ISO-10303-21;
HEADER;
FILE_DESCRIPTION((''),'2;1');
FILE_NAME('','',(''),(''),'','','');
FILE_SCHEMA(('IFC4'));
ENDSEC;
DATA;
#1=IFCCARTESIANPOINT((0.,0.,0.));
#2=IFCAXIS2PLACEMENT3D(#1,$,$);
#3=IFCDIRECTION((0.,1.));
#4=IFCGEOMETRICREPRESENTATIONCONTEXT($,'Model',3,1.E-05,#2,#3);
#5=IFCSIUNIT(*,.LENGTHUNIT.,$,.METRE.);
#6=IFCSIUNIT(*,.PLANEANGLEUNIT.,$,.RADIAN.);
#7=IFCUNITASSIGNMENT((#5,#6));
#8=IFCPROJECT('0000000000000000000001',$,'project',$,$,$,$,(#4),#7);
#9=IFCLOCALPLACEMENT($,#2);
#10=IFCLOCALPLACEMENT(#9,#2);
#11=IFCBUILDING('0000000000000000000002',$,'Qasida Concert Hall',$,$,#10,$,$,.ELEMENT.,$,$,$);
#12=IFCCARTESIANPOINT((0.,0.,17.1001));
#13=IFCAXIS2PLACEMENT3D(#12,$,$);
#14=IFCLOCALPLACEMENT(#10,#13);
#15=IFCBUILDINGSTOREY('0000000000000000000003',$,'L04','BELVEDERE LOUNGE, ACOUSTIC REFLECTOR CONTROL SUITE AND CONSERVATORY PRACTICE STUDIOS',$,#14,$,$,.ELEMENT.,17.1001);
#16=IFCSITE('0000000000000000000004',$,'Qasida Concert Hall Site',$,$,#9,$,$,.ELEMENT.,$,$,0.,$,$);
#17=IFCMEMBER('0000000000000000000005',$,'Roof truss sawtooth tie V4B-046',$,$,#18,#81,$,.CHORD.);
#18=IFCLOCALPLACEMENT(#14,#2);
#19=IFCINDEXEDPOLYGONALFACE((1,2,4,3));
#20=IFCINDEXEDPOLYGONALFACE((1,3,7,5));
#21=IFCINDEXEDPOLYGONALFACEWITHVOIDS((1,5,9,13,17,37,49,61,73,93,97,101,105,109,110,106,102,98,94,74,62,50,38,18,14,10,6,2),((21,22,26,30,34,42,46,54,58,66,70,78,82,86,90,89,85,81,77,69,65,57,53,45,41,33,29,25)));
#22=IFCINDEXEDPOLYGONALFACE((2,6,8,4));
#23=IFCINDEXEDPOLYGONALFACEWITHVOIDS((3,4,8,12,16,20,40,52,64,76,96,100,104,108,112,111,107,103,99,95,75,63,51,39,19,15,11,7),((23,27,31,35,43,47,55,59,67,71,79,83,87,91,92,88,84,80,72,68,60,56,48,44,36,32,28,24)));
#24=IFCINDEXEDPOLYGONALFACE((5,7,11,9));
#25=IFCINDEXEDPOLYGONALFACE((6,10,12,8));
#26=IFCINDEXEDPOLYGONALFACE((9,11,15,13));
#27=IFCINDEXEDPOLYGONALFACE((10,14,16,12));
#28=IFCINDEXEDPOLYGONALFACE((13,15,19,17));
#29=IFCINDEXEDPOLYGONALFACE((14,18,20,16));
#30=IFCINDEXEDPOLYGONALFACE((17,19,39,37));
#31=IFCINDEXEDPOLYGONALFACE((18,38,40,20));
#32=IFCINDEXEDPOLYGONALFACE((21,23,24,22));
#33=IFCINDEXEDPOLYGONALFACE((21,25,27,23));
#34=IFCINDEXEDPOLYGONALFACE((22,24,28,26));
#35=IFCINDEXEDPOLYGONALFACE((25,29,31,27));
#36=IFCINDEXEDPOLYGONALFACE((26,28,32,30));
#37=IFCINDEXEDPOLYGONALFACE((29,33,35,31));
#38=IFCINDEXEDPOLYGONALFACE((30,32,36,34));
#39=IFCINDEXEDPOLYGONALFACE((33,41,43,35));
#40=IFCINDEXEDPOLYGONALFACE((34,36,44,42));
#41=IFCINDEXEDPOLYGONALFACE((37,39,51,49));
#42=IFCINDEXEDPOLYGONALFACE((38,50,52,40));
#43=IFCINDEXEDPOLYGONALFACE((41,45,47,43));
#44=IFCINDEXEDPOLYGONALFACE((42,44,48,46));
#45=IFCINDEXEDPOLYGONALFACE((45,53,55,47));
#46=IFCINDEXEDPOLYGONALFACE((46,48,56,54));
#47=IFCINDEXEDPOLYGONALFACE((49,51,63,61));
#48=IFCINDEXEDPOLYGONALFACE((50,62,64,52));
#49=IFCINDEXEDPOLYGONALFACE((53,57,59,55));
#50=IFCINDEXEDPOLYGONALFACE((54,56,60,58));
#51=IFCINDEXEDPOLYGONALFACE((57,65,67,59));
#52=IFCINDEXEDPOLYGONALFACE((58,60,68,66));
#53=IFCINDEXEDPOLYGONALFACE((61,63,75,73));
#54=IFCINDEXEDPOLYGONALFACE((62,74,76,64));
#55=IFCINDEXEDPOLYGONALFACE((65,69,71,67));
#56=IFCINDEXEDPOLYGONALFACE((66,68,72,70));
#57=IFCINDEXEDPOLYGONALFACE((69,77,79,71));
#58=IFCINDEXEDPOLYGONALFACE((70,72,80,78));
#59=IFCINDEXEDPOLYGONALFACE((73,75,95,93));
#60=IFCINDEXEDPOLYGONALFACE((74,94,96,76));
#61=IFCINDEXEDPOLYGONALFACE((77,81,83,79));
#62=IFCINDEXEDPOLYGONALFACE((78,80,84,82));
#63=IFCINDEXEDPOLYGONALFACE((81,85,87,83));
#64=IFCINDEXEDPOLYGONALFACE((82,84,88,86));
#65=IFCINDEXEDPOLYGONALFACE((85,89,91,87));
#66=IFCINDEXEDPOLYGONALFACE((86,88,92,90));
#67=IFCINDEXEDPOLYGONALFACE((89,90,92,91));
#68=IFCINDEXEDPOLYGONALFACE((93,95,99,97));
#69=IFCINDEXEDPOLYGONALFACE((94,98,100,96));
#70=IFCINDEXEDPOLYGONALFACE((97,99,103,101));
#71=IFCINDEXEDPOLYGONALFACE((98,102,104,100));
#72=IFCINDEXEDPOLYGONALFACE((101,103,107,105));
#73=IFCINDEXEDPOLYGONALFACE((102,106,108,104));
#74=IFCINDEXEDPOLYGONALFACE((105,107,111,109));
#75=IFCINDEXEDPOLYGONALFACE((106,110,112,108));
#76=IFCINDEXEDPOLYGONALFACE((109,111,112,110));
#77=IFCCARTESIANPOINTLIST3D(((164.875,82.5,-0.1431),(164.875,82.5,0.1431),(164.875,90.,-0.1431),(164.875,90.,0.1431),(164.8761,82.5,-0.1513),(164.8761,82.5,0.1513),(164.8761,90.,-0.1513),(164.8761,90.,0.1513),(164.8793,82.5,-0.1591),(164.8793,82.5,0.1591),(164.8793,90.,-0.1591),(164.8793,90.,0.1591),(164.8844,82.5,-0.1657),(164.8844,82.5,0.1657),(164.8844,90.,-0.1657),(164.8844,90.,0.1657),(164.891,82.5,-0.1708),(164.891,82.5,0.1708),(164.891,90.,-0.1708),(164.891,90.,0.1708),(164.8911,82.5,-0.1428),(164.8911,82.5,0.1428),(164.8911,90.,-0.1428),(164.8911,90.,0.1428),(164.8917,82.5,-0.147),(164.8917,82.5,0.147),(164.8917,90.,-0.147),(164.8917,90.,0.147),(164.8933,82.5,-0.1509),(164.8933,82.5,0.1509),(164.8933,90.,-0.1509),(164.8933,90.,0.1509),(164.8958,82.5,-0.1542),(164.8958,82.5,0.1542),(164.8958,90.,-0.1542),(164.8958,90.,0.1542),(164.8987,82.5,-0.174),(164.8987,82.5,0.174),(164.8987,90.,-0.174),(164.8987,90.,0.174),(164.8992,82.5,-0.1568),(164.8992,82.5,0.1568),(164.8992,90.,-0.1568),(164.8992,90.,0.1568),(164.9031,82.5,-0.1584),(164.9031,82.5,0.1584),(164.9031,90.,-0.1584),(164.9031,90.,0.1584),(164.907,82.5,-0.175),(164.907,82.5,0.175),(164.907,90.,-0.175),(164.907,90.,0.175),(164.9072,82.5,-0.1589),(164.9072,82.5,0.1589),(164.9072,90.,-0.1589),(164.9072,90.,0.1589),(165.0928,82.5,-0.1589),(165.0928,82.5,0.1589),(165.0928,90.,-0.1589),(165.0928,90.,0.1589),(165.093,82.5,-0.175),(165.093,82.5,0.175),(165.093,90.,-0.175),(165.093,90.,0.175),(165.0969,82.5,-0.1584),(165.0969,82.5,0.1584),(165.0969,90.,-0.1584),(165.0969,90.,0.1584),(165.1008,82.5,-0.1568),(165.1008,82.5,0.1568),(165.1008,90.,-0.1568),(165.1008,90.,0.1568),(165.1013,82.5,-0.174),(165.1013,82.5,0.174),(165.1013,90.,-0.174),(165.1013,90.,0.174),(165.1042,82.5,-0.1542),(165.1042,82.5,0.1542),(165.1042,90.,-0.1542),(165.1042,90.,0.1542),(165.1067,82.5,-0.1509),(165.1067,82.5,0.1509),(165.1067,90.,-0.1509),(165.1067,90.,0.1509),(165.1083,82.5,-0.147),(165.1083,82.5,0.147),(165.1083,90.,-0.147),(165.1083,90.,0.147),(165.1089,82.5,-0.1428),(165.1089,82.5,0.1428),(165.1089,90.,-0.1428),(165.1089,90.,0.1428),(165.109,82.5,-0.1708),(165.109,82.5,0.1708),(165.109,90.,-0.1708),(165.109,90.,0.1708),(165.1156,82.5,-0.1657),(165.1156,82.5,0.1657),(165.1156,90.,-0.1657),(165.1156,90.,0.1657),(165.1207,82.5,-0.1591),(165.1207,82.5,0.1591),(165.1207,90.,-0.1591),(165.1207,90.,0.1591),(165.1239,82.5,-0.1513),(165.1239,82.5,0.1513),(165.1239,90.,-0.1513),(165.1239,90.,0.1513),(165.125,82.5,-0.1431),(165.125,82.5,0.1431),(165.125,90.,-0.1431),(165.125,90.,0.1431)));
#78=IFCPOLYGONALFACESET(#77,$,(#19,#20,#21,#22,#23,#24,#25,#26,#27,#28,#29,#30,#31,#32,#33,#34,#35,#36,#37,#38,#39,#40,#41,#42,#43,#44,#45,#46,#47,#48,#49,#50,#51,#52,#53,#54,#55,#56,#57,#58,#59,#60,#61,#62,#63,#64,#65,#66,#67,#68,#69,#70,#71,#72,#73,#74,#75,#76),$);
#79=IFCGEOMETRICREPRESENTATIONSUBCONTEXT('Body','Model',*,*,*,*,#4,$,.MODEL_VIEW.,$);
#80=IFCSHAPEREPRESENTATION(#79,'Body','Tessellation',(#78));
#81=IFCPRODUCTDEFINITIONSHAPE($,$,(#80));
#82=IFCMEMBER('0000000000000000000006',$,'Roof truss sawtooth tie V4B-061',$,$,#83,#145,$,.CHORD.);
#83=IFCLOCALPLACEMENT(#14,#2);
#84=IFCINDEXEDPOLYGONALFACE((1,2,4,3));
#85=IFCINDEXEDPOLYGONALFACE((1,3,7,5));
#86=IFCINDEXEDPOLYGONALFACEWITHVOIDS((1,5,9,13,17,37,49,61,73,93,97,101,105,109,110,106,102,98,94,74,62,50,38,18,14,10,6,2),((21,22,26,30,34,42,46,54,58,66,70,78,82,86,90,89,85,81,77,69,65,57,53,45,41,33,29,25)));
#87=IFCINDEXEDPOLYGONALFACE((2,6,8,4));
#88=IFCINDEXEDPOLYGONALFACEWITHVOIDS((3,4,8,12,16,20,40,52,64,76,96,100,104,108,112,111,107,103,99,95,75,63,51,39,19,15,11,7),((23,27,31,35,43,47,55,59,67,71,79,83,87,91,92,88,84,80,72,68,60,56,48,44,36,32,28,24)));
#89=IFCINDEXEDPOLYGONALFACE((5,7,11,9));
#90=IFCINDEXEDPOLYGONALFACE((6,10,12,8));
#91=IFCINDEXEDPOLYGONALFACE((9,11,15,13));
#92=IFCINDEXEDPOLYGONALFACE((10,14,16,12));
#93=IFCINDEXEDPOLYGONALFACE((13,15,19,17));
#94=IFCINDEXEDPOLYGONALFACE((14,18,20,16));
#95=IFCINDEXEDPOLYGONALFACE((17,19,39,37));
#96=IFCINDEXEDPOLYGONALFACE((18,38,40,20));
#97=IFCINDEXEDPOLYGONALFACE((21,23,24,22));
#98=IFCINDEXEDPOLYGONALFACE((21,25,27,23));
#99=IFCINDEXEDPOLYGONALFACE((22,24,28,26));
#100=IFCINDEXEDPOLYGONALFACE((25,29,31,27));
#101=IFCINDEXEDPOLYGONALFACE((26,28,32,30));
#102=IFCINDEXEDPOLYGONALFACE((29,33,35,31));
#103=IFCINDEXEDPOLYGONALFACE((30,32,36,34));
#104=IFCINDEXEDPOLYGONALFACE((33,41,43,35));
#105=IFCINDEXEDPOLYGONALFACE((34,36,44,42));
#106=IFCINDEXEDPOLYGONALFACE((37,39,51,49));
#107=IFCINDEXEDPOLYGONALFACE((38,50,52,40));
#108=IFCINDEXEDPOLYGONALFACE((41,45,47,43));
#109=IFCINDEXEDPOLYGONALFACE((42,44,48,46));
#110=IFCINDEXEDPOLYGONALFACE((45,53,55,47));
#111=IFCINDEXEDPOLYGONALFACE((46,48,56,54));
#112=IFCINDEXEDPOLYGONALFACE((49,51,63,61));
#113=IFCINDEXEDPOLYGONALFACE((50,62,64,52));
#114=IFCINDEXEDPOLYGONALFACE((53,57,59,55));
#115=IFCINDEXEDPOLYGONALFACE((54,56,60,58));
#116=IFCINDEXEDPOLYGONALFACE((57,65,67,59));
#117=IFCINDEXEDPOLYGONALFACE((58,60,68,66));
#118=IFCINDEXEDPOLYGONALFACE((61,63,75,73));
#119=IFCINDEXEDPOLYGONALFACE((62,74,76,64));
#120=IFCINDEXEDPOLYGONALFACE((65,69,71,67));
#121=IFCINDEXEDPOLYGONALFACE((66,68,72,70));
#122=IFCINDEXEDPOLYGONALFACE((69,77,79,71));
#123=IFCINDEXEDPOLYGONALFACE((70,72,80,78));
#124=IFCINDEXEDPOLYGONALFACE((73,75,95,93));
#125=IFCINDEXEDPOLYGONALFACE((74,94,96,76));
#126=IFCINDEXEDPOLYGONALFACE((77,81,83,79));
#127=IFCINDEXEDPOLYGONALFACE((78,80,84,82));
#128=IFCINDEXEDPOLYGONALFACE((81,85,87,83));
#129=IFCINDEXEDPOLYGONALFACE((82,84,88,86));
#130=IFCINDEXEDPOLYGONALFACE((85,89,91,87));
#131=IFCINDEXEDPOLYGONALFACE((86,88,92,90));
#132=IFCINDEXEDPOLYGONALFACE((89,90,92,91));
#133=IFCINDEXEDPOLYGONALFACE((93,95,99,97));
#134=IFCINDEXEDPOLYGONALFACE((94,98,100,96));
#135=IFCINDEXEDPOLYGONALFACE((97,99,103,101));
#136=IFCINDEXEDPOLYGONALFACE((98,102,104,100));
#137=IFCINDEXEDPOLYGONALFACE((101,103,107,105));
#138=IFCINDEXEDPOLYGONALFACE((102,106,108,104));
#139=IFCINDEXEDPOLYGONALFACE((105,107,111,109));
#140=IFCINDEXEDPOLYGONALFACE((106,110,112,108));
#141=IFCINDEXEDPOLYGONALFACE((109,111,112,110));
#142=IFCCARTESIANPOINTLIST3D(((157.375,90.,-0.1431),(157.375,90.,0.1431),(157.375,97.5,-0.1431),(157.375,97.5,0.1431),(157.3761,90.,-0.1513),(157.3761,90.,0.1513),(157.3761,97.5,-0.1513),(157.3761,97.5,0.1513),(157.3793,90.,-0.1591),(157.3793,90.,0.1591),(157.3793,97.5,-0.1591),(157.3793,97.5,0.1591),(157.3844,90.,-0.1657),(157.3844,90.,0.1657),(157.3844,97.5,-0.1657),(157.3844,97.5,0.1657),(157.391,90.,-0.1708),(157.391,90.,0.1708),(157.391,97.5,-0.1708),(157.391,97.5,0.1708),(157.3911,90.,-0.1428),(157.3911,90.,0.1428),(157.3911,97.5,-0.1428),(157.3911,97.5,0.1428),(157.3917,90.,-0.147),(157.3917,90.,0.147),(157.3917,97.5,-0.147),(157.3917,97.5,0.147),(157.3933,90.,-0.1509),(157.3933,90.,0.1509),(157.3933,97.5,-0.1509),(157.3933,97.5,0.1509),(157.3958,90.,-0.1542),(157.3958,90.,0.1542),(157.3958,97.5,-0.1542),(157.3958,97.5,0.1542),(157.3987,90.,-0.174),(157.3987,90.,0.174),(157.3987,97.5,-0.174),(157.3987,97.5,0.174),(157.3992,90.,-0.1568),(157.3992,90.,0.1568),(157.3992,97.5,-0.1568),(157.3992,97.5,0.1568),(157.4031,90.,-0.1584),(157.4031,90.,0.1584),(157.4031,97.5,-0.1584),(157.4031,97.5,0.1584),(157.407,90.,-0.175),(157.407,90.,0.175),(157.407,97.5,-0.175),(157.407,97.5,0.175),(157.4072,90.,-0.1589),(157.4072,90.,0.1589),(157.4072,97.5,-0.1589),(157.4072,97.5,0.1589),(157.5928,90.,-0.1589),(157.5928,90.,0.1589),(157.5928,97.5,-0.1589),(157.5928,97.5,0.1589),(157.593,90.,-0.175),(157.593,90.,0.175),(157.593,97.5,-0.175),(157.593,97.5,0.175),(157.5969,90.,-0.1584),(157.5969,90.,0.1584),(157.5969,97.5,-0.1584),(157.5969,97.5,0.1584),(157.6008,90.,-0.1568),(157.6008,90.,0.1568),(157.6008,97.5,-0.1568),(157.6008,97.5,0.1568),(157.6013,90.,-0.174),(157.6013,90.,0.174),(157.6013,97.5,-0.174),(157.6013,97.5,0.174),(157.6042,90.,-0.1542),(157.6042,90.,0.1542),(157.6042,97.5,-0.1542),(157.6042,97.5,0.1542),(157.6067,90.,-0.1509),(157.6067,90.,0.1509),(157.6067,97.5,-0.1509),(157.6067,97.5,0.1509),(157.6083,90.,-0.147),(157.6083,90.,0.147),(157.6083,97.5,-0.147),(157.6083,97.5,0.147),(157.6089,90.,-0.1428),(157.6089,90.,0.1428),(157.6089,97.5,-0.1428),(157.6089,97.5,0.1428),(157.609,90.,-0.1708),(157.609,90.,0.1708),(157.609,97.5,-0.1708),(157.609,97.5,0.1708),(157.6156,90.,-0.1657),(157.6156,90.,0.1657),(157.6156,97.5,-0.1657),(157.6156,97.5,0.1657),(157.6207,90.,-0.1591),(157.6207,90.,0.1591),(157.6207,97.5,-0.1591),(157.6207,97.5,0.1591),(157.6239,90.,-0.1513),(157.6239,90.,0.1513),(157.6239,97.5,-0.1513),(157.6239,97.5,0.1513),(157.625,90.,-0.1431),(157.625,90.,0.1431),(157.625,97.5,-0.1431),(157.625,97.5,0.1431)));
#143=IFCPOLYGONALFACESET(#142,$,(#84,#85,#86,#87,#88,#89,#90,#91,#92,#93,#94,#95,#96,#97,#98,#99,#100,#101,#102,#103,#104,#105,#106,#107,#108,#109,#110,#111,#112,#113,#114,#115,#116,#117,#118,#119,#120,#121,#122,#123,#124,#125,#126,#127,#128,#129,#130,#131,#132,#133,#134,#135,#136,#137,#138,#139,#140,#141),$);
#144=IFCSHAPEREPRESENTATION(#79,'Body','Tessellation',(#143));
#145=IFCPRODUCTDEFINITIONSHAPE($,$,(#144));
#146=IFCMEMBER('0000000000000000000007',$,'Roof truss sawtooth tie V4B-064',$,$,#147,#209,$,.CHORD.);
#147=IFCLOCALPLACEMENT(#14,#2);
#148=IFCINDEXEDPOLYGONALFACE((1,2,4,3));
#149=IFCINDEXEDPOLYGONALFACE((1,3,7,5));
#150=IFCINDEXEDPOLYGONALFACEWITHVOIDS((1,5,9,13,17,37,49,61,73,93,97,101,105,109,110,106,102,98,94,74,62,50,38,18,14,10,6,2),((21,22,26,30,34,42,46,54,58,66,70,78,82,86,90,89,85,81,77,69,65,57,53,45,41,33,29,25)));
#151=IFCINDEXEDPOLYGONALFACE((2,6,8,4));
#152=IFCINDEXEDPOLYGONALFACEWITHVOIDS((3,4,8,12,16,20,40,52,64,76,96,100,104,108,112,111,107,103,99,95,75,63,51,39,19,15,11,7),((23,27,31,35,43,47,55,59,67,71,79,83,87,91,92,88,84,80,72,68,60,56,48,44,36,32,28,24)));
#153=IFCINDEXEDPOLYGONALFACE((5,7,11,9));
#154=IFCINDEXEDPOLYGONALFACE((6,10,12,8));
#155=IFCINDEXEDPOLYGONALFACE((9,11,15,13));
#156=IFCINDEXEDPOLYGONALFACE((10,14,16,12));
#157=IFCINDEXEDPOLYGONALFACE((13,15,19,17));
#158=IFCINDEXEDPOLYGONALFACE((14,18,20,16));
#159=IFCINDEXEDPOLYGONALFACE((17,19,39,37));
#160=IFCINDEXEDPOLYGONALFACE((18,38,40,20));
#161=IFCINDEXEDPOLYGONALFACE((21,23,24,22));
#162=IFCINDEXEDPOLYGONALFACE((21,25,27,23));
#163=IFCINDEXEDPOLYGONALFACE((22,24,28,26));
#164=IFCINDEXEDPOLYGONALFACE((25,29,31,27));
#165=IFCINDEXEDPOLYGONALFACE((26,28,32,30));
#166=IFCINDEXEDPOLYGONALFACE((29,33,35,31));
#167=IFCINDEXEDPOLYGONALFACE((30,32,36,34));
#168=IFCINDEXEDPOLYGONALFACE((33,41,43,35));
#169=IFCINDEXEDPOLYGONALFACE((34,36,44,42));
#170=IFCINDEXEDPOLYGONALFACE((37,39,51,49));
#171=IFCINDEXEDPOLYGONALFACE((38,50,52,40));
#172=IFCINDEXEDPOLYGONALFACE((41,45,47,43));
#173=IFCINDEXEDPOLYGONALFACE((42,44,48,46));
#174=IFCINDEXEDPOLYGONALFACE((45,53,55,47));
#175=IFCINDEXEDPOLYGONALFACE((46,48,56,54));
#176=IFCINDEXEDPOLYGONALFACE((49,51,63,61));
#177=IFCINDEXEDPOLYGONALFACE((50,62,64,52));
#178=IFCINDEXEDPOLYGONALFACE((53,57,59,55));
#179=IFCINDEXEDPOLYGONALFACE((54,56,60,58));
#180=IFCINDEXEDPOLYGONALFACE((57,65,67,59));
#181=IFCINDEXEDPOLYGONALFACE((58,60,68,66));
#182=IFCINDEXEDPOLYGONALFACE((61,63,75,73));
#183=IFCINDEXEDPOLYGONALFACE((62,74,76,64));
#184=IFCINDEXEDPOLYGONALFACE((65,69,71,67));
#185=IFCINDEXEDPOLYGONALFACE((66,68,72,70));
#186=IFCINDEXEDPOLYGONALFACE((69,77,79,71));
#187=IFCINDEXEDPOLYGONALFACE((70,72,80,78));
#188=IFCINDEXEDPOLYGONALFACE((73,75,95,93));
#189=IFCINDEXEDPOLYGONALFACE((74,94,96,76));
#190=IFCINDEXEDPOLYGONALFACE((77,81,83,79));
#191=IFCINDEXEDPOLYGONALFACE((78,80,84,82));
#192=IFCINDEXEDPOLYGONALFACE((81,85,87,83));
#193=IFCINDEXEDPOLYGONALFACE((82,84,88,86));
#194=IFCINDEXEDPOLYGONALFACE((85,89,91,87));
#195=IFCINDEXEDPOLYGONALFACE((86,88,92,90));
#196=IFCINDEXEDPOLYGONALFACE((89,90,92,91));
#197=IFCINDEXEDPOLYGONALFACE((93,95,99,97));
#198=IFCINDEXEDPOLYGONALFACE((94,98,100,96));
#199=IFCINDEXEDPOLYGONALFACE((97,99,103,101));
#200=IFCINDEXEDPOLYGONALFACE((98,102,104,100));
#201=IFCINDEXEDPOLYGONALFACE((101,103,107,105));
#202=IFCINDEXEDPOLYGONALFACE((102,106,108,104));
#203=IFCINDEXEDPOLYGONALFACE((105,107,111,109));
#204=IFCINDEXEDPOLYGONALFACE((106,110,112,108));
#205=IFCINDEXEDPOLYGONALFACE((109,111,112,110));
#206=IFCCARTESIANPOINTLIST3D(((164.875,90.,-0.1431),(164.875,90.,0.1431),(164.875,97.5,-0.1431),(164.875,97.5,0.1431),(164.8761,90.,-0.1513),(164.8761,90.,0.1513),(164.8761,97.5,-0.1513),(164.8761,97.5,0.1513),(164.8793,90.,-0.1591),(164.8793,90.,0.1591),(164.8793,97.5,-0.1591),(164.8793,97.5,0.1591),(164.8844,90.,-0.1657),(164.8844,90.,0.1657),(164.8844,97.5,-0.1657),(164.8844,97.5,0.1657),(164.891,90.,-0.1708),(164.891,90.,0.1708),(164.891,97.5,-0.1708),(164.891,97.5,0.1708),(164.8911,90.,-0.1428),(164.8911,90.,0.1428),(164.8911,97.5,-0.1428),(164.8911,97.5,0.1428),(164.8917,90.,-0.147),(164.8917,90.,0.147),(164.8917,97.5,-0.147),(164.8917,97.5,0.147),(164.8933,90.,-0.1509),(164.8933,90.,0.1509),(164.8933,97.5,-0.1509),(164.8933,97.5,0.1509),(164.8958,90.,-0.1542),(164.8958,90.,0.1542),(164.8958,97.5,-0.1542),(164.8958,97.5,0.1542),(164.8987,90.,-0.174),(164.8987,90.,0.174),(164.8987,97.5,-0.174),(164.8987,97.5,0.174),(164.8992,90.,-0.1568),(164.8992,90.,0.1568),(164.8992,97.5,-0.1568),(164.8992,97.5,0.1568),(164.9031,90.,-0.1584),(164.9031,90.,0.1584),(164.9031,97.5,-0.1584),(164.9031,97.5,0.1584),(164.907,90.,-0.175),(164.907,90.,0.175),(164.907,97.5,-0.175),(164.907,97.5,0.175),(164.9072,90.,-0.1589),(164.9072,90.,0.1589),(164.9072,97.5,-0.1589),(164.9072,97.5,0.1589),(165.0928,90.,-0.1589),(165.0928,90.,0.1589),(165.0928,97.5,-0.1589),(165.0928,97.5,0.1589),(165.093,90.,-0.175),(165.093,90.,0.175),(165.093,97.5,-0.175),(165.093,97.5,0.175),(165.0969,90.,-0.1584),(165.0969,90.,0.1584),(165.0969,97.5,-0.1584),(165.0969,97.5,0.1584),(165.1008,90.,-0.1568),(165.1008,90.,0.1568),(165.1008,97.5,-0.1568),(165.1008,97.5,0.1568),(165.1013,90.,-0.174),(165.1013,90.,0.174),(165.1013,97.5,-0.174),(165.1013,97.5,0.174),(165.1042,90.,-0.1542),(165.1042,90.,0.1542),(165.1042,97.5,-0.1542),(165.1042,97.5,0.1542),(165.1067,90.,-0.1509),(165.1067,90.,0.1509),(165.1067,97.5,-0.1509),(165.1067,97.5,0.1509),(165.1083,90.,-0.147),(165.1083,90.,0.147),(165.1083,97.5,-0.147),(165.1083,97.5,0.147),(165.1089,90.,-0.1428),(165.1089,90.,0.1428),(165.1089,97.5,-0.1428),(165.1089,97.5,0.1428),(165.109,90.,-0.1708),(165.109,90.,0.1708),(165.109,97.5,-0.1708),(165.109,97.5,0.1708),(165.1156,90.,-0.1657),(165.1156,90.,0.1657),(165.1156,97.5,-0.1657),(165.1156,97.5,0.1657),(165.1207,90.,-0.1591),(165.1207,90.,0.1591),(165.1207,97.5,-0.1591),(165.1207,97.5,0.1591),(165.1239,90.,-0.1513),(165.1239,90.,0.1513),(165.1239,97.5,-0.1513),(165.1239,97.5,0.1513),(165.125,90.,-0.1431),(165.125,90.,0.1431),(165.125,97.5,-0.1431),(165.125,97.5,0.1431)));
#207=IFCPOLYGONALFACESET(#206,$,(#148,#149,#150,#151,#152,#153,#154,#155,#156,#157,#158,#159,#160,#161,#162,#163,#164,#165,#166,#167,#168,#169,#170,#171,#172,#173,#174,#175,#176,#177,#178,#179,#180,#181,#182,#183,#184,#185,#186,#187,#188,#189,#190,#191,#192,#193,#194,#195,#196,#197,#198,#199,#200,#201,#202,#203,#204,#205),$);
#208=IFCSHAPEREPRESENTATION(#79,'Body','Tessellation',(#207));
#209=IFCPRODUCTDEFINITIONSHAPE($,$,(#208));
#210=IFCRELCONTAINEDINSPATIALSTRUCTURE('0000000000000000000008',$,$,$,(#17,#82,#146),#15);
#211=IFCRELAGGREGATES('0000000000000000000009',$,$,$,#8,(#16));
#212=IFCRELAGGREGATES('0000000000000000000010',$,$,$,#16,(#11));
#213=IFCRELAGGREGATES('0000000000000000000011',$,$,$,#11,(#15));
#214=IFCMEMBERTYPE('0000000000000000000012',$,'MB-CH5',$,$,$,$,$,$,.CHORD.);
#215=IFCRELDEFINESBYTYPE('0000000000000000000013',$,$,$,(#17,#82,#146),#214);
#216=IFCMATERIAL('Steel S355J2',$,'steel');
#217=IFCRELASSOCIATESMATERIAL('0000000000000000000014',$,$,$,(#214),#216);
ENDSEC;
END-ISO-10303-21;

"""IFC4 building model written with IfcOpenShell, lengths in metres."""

from ifc_helpers import new_model, si_unit, direction, frame, origin, origin_2d, place, context, subcontext, project, spatial, hollow_rectangle, extrude, material, material_profile, profile_set, type_object, element, save


model = new_model("IFC4")

# Units and contexts
model_context = context("Model", 3, precision=1e-05, world=origin(), true_north=direction((0.0, 1.0)))
body_context = subcontext(model_context, "Body", "Model", "MODEL_VIEW")
ifc_project = project(units=[si_unit("LENGTHUNIT", "METRE"), si_unit("PLANEANGLEUNIT", "RADIAN")], contexts=[model_context])

# Site, building, storey
site_placement = place(None, origin())
site = spatial("IfcSite", under=ifc_project, at=site_placement, Name="Qasida Concert Hall Site", CompositionType="ELEMENT", RefElevation=0.0)
building_placement = place(site_placement, origin())
building = spatial("IfcBuilding", under=site, at=building_placement, Name="Qasida Concert Hall", CompositionType="ELEMENT")
storey_placement = place(building_placement, frame((0.0, 0.0, 17.1001)))
storey = spatial("IfcBuildingStorey", under=building, at=storey_placement, Name="L04", Description="BELVEDERE LOUNGE, ACOUSTIC REFLECTOR CONTROL SUITE AND CONSERVATORY PRACTICE STUDIOS", CompositionType="ELEMENT", Elevation=17.1001)

# Members
ifc_material_1 = material(Name="Steel S355J2", Category="steel")
ifc_material_profile_1 = material_profile(ifc_material_1, hollow_rectangle(XDim=0.25, YDim=0.3501, WallThickness=0.0161, InnerFilletRadius=0.0161, OuterFilletRadius=0.032, at=origin_2d()), Name="RHS 350x250x16")
ifc_profile_set_1 = profile_set([ifc_material_profile_1], Name="Steel S355J2")
member_type_1 = type_object("IfcMemberType", Name="MB-CH5", PredefinedType="CHORD", material=ifc_profile_set_1)
for number, where, z_axis, x_axis, name in (
    (1, (165.0, 82.5, 0.0), (0.0, 1.0, 0.0), (-1.0, 0.0, 0.0), "Roof truss sawtooth tie V4B-046"),
    (2, (157.5, 90.0, 0.0), (0.0, 1.0, 0.0), (-1.0, 0.0, 0.0), "Roof truss sawtooth tie V4B-061"),
    (3, (165.0, 90.0, 0.0), (0.0, 1.0, 0.0), (-1.0, 0.0, 0.0), "Roof truss sawtooth tie V4B-064"),
):
    element("IfcMember", number, at=place(storey_placement, frame(where, z_axis=z_axis, x_axis=x_axis)), inside=storey, type_object=member_type_1, Name=name, PredefinedType="CHORD", context=body_context, shape_type="SweptSolid", body=[
        extrude(hollow_rectangle(XDim=0.25, YDim=0.3501, WallThickness=0.0161, InnerFilletRadius=0.0161, OuterFilletRadius=0.032, at=origin_2d()), origin(), (0.0, 0.0, 1.0), 7.5),
    ])

save(model, "model.ifc")
